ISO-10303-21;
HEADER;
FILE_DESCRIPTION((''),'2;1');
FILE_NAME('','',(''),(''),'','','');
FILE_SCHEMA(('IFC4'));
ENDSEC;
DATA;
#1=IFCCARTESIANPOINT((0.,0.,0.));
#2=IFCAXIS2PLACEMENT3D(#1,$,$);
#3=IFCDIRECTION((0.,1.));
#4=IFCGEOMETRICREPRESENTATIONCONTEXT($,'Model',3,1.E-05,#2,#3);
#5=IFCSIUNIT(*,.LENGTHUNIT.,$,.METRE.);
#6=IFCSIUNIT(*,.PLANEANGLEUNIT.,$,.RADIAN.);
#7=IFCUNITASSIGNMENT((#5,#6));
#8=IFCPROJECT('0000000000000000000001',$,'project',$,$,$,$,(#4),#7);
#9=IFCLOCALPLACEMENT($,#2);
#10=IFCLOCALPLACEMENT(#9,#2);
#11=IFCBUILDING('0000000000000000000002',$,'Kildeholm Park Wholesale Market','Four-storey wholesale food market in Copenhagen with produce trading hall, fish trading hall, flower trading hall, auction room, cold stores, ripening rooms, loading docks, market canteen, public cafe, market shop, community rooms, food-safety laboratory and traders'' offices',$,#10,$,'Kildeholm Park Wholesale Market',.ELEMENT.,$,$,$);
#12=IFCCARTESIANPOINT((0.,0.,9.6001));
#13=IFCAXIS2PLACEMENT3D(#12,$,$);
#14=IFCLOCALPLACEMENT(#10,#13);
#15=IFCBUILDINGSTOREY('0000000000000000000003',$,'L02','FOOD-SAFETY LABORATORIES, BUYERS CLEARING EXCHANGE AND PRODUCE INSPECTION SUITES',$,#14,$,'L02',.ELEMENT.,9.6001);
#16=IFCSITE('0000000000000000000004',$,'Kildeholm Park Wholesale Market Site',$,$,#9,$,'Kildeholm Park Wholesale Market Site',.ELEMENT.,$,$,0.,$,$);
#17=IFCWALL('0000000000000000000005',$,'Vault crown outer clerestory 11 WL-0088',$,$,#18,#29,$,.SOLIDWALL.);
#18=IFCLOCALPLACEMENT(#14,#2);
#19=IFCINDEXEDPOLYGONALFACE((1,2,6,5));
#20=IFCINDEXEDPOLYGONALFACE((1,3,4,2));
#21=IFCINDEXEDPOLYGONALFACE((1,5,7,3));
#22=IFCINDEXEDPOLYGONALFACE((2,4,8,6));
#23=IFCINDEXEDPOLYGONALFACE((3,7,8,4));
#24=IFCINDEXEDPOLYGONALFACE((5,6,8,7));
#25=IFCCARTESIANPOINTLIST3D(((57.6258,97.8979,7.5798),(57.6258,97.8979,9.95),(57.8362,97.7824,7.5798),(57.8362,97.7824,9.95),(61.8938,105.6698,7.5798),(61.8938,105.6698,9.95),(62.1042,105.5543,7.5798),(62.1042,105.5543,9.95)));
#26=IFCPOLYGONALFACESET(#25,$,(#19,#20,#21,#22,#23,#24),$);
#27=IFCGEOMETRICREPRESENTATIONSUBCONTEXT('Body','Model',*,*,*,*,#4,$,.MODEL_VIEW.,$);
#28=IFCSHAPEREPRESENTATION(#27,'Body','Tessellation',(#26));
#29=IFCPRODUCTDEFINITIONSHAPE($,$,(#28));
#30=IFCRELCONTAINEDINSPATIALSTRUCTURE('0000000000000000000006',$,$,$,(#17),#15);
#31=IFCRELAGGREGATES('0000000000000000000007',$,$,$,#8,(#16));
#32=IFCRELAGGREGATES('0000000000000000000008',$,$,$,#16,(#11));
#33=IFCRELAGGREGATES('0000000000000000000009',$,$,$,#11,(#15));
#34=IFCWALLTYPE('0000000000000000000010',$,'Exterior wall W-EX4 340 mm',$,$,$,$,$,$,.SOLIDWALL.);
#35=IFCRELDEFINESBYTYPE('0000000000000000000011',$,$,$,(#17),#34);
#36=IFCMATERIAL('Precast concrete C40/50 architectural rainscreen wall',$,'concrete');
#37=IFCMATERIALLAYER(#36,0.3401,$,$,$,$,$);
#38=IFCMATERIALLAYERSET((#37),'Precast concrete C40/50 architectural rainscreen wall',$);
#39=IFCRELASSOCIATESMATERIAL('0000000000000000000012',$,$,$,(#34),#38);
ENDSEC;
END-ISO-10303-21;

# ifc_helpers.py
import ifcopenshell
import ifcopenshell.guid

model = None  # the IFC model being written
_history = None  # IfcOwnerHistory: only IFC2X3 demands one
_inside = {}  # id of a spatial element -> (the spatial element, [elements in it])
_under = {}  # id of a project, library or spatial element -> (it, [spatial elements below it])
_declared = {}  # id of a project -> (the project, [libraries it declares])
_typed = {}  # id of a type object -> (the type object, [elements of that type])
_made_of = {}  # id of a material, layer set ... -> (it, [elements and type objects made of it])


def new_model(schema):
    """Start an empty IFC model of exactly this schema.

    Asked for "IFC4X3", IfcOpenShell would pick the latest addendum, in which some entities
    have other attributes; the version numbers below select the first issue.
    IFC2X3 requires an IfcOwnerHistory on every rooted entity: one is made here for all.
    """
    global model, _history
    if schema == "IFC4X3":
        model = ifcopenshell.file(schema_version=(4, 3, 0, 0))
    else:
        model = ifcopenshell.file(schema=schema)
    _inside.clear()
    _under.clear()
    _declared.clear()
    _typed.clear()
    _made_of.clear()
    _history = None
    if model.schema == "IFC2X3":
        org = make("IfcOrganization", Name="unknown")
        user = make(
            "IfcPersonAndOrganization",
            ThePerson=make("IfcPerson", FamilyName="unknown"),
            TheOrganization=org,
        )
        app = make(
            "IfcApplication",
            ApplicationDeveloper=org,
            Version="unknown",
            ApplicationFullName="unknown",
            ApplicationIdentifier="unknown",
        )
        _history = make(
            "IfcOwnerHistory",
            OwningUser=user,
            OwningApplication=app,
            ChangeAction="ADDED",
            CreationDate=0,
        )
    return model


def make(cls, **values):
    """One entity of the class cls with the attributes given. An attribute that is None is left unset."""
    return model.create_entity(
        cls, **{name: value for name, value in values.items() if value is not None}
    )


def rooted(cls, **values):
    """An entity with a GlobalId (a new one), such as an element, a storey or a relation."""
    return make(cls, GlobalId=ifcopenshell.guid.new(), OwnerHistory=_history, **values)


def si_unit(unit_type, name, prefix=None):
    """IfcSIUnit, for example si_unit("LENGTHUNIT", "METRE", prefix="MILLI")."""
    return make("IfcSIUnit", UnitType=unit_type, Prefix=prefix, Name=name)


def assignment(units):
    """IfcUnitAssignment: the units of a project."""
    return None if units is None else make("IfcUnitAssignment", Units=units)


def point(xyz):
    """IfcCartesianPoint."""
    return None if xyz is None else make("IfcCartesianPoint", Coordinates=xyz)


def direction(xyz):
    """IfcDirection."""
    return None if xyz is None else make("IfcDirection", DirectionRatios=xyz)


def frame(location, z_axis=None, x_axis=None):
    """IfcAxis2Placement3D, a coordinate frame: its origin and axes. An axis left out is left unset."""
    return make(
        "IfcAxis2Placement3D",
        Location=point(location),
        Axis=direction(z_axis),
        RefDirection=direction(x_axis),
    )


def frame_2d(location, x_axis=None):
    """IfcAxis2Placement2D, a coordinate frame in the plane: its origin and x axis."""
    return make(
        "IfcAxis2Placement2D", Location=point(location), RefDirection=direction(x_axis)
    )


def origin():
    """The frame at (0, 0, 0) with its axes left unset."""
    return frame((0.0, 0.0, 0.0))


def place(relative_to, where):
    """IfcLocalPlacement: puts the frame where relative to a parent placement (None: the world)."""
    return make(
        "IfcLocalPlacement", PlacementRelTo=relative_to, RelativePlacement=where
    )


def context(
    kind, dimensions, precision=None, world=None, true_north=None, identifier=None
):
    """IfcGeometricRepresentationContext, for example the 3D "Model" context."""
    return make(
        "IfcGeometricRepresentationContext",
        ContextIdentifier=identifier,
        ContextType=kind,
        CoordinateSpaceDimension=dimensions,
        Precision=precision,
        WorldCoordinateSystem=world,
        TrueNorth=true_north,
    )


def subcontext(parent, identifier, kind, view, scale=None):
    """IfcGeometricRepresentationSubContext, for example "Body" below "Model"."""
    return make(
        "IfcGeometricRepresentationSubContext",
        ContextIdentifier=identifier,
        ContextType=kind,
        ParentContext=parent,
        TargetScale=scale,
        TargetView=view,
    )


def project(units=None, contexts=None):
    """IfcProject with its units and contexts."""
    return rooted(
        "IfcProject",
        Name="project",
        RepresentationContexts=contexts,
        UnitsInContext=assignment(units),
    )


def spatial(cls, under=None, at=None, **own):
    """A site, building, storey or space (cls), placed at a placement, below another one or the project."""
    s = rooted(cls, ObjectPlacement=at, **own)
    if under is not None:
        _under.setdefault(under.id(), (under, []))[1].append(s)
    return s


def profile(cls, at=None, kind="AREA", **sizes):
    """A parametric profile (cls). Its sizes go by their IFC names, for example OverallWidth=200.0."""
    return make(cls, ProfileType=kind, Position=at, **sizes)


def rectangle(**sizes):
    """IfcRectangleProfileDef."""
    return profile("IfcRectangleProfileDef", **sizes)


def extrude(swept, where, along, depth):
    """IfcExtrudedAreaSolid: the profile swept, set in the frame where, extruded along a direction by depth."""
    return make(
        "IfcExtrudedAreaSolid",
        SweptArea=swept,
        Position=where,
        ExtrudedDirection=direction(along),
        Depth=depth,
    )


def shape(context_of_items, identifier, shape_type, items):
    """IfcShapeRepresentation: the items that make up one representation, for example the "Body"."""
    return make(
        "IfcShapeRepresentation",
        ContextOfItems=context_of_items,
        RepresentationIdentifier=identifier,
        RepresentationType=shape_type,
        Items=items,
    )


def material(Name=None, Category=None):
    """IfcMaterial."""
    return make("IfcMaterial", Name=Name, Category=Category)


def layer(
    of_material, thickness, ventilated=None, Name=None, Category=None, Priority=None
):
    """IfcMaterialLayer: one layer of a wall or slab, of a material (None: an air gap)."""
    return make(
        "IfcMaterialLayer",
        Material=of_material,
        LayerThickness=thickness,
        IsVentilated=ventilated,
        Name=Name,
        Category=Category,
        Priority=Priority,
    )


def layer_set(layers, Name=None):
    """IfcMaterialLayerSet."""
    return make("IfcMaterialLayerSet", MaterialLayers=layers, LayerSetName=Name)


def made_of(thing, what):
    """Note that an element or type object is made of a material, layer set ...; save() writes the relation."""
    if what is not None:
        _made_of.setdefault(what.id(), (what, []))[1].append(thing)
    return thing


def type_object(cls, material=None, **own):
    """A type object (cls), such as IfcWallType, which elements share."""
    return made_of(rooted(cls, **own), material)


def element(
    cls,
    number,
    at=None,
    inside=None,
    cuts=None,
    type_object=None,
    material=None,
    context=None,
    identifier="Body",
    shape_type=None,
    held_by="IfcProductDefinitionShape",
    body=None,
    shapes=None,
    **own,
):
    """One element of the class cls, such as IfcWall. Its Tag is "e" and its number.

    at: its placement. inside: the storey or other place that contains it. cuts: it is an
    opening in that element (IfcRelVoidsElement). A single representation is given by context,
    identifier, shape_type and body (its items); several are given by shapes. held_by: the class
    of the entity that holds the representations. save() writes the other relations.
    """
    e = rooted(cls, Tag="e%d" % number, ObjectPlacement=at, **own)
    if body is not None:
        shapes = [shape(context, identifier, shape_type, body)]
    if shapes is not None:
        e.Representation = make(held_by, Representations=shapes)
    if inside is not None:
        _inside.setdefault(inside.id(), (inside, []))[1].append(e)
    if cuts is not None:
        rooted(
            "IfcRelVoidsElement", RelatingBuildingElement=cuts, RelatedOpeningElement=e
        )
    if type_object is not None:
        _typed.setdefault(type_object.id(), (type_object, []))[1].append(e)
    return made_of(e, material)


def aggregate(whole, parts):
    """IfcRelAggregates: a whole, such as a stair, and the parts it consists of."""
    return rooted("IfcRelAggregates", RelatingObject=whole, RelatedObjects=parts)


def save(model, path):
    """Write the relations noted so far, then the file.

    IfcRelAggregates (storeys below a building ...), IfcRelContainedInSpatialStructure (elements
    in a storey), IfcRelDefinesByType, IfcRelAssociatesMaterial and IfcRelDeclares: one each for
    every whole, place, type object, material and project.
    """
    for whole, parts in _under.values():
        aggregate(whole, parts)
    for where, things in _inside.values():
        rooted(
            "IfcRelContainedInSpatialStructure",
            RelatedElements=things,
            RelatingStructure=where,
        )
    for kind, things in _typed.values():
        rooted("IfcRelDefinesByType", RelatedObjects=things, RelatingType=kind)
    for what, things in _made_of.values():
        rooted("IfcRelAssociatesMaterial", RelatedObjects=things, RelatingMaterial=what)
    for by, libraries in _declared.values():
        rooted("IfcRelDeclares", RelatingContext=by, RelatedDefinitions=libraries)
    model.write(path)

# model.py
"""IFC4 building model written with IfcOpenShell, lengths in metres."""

from ifc_helpers import new_model, si_unit, direction, frame, frame_2d, origin, place, context, subcontext, project, spatial, rectangle, extrude, material, layer, layer_set, type_object, element, save


model = new_model("IFC4")

# Units and contexts
model_context = context("Model", 3, precision=1e-05, world=origin(), true_north=direction((0.0, 1.0)))
body_context = subcontext(model_context, "Body", "Model", "MODEL_VIEW")
ifc_project = project(units=[si_unit("LENGTHUNIT", "METRE"), si_unit("PLANEANGLEUNIT", "RADIAN")], contexts=[model_context])

# Site, building, storey
site_placement = place(None, origin())
site = spatial("IfcSite", under=ifc_project, at=site_placement, Name="Kildeholm Park Wholesale Market Site", LongName="Kildeholm Park Wholesale Market Site", CompositionType="ELEMENT", RefElevation=0.0)
building_placement = place(site_placement, origin())
building = spatial("IfcBuilding", under=site, at=building_placement, Name="Kildeholm Park Wholesale Market", Description="Four-storey wholesale food market in Copenhagen with produce trading hall, fish trading hall, flower trading hall, auction room, cold stores, ripening rooms, loading docks, market canteen, public cafe, market shop, community rooms, food-safety laboratory and traders' offices", LongName="Kildeholm Park Wholesale Market", CompositionType="ELEMENT")
storey_placement = place(building_placement, frame((0.0, 0.0, 9.6001)))
storey = spatial("IfcBuildingStorey", under=building, at=storey_placement, Name="L02", Description="FOOD-SAFETY LABORATORIES, BUYERS CLEARING EXCHANGE AND PRODUCE INSPECTION SUITES", LongName="L02", CompositionType="ELEMENT", Elevation=9.6001)

# Wall
ifc_material_1 = material(Name="Precast concrete C40/50 architectural rainscreen wall", Category="concrete")
ifc_layer_1 = layer(ifc_material_1, 0.3401)
ifc_layer_set_1 = layer_set([ifc_layer_1], Name="Precast concrete C40/50 architectural rainscreen wall")
wall_type = type_object("IfcWallType", Name="Exterior wall W-EX4 340 mm", PredefinedType="SOLIDWALL", material=ifc_layer_set_1)
wall_1_placement = place(storey_placement, frame((61.999, 105.6121, 7.5798), z_axis=(0.0, 0.0, 1.0), x_axis=(-0.481354, -0.876526, 0.0)))
element("IfcWall", 1, at=wall_1_placement, inside=storey, type_object=wall_type, Name="Vault crown outer clerestory 11 WL-0088", PredefinedType="SOLIDWALL", context=body_context, shape_type="SweptSolid", body=[
    extrude(rectangle(XDim=8.8667, YDim=0.24, at=frame_2d((4.4333, 0.0))), origin(), (0.0, 0.0, 1.0), 2.3701),
])

save(model, "model.ifc")
